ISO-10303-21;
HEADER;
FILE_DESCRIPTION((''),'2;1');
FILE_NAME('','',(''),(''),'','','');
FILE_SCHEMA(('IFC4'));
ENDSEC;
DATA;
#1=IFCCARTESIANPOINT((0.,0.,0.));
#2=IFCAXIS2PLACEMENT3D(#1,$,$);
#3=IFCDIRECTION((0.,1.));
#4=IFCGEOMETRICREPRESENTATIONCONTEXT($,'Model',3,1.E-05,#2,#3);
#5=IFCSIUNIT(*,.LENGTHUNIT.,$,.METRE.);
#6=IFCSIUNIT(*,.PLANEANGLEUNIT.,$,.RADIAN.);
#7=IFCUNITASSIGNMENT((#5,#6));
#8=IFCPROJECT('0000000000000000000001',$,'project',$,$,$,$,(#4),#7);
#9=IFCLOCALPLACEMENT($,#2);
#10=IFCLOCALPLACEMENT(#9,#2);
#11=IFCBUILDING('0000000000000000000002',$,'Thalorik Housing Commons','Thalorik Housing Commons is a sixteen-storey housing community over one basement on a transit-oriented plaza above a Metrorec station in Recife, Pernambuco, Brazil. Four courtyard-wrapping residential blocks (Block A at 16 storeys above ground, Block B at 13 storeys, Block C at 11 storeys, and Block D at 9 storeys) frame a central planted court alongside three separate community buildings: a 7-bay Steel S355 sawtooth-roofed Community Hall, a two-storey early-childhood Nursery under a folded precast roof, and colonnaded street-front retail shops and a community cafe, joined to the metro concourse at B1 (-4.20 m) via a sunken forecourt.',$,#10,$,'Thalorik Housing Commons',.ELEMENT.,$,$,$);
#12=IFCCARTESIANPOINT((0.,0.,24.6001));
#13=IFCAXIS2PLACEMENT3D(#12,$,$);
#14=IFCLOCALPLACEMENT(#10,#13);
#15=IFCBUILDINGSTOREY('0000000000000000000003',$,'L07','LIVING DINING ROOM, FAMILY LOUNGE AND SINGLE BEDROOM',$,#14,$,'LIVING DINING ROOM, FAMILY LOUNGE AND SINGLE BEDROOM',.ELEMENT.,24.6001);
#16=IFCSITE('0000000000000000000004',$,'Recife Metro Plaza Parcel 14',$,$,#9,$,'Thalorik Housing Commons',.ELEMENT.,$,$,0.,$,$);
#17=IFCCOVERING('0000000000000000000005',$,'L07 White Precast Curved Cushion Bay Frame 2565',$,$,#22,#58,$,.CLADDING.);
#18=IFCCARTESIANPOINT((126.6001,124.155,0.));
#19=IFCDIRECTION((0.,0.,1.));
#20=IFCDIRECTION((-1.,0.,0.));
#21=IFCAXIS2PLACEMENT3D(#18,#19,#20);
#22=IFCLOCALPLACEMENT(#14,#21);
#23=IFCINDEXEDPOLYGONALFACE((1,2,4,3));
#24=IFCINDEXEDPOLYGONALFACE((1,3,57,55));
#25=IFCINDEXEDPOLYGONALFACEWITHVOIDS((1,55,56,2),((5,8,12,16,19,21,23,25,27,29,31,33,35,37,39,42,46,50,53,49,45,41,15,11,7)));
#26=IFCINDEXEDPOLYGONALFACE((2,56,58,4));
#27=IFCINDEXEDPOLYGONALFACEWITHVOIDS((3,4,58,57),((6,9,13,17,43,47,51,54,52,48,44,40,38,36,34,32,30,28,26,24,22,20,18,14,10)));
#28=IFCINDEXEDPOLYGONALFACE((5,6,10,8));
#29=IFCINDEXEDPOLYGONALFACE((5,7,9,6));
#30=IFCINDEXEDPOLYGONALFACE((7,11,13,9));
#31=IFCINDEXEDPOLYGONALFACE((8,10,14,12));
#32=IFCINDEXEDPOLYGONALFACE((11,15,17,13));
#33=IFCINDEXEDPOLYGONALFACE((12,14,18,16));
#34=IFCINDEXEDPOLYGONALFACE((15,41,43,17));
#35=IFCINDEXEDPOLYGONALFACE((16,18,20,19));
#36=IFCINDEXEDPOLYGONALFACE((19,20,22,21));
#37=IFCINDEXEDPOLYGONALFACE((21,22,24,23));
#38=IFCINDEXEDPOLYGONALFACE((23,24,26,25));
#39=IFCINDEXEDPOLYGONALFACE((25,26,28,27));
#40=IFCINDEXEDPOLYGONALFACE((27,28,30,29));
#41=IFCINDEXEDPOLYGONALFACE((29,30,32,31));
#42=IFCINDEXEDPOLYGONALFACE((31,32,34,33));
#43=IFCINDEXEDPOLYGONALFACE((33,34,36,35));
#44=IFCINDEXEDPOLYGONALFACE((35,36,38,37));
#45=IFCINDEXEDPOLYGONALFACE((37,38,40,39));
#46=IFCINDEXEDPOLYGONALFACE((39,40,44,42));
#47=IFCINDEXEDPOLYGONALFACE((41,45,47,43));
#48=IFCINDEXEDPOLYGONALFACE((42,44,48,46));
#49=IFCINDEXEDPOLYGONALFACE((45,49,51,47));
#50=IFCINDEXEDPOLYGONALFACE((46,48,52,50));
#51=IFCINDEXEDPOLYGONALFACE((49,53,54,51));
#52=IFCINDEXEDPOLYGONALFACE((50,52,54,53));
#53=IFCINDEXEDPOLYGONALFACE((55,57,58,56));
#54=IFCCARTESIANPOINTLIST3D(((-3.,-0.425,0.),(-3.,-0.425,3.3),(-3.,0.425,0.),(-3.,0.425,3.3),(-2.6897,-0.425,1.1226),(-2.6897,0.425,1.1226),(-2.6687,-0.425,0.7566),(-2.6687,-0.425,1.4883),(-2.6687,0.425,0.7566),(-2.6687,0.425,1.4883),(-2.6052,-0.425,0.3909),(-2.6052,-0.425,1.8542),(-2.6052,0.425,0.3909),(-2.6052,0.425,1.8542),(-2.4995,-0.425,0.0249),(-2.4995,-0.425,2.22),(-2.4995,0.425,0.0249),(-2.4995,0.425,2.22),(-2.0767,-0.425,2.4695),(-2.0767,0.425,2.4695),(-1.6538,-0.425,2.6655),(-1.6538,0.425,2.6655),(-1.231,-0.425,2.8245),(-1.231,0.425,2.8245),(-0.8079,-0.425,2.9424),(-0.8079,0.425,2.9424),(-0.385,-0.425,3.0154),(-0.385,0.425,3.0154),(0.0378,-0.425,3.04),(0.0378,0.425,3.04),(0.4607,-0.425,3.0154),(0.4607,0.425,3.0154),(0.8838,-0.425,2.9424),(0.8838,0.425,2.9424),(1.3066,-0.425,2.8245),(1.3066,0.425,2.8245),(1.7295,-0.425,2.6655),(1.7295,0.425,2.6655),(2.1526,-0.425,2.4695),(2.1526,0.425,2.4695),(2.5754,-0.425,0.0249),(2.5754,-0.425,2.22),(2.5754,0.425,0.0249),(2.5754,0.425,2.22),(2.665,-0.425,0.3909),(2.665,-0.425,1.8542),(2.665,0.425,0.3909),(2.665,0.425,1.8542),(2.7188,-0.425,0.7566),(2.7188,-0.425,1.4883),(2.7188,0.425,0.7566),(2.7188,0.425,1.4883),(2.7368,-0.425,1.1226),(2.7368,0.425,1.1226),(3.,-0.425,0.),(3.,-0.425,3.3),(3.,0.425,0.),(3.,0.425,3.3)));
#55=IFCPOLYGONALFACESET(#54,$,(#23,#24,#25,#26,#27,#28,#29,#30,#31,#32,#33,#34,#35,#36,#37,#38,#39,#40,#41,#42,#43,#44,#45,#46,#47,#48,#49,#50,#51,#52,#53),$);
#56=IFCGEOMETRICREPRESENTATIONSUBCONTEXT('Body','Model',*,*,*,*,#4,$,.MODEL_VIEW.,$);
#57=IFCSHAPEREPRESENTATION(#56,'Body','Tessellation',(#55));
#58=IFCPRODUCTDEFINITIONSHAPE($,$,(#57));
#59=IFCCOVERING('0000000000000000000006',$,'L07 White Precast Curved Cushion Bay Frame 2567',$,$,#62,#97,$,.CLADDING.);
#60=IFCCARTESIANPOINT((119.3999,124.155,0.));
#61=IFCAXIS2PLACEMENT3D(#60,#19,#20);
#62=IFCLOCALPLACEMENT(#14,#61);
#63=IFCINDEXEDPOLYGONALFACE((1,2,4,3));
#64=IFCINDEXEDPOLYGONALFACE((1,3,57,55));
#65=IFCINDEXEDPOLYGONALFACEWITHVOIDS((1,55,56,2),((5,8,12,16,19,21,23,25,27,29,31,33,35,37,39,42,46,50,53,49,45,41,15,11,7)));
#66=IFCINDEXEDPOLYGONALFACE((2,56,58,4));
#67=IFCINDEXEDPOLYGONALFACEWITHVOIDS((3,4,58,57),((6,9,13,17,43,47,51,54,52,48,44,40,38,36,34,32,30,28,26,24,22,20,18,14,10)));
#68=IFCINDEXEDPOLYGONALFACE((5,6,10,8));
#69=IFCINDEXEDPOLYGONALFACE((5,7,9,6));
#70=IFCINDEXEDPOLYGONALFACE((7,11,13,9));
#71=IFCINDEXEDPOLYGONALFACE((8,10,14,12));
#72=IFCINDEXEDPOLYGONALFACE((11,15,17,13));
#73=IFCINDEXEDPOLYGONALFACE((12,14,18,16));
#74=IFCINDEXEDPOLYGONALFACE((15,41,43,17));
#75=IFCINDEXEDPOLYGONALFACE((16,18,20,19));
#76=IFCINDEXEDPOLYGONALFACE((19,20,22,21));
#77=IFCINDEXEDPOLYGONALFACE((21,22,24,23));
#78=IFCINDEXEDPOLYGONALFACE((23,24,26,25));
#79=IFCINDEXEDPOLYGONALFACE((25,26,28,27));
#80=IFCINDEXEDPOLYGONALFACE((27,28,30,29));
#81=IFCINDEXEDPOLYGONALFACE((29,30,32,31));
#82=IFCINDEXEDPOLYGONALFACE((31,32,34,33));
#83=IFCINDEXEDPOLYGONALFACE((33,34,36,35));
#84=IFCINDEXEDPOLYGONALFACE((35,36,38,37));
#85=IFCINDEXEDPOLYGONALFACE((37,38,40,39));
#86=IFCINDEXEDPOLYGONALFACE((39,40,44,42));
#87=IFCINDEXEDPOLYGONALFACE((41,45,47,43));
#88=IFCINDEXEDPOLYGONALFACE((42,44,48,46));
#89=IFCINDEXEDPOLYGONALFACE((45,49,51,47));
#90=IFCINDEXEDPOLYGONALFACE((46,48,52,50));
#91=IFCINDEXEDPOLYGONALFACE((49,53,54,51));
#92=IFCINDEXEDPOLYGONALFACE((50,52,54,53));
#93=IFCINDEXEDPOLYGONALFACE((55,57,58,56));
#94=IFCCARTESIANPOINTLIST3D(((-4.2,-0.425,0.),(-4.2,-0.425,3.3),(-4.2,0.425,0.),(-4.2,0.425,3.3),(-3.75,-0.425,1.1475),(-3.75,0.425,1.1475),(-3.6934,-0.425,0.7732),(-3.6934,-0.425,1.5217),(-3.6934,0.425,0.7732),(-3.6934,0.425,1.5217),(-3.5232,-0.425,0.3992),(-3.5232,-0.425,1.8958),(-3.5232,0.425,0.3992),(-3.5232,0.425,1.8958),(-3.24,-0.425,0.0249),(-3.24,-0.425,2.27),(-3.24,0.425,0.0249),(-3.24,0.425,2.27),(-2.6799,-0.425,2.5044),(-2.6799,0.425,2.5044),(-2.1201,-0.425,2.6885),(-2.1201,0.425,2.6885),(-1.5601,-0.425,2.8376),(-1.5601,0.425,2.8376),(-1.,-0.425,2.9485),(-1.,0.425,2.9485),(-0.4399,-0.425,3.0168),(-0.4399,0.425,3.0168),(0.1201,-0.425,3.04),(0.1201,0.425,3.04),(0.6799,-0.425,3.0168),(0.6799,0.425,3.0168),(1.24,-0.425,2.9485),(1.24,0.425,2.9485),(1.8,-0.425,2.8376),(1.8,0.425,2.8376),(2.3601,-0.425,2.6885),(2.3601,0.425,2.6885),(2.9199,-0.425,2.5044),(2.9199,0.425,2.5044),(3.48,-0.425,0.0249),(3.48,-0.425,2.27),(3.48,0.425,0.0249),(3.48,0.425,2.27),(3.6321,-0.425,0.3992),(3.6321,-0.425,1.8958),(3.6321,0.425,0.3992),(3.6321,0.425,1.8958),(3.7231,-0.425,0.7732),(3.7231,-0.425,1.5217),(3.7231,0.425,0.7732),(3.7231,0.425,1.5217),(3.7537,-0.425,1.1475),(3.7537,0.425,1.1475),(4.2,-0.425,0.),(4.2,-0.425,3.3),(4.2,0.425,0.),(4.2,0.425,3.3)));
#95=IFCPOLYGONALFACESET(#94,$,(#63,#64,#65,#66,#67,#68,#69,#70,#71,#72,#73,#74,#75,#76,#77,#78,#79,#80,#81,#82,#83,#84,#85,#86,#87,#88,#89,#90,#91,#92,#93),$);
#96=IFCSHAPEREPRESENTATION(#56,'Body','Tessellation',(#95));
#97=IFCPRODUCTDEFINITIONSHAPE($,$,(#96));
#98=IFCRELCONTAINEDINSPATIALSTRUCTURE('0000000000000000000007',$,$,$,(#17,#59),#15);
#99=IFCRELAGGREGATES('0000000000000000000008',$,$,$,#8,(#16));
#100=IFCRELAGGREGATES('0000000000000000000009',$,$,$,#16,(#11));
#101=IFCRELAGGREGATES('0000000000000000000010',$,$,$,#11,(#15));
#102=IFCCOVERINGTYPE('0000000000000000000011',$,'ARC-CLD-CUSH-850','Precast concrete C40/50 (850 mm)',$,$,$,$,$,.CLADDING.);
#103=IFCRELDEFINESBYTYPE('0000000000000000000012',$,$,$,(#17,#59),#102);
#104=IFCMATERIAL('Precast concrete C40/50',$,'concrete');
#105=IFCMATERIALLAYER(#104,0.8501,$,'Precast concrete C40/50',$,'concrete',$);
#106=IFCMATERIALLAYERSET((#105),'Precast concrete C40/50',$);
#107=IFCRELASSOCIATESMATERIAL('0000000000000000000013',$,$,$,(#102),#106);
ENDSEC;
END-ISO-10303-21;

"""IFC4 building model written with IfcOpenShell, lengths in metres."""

from ifc_helpers import new_model, si_unit, direction, frame, origin, place, context, subcontext, project, spatial, polyline, outline, extrude, material, layer, layer_set, type_object, element, save


model = new_model("IFC4")

# Units and contexts
model_context = context("Model", 3, precision=1e-05, world=origin(), true_north=direction((0.0, 1.0)))
body_context = subcontext(model_context, "Body", "Model", "MODEL_VIEW")
ifc_project = project(units=[si_unit("LENGTHUNIT", "METRE"), si_unit("PLANEANGLEUNIT", "RADIAN")], contexts=[model_context])

# Site, building, storey
site_placement = place(None, origin())
site = spatial("IfcSite", under=ifc_project, at=site_placement, Name="Recife Metro Plaza Parcel 14", LongName="Thalorik Housing Commons", CompositionType="ELEMENT", RefElevation=0.0)
building_placement = place(site_placement, origin())
building = spatial("IfcBuilding", under=site, at=building_placement, Name="Thalorik Housing Commons", Description="Thalorik Housing Commons is a sixteen-storey housing community over one basement on a transit-oriented plaza above a Metrorec station in Recife, Pernambuco, Brazil. Four courtyard-wrapping residential blocks (Block A at 16 storeys above ground, Block B at 13 storeys, Block C at 11 storeys, and Block D at 9 storeys) frame a central planted court alongside three separate community buildings: a 7-bay Steel S355 sawtooth-roofed Community Hall, a two-storey early-childhood Nursery under a folded precast roof, and colonnaded street-front retail shops and a community cafe, joined to the metro concourse at B1 (-4.20 m) via a sunken forecourt.", LongName="Thalorik Housing Commons", CompositionType="ELEMENT")
storey_placement = place(building_placement, frame((0.0, 0.0, 24.6001)))
storey = spatial("IfcBuildingStorey", under=building, at=storey_placement, Name="L07", Description="LIVING DINING ROOM, FAMILY LOUNGE AND SINGLE BEDROOM", LongName="LIVING DINING ROOM, FAMILY LOUNGE AND SINGLE BEDROOM", CompositionType="ELEMENT", Elevation=24.6001)

# Shared definitions
ifc_material_1 = material(Name="Precast concrete C40/50", Category="concrete")

# Coverings
ifc_layer_1 = layer(ifc_material_1, 0.8501, Name="Precast concrete C40/50", Category="concrete")
ifc_layer_set_1 = layer_set([ifc_layer_1], Name="Precast concrete C40/50")
covering_type_1 = type_object("IfcCoveringType", Name="ARC-CLD-CUSH-850", Description="Precast concrete C40/50 (850 mm)", PredefinedType="CLADDING", material=ifc_layer_set_1)
covering_1_placement = place(storey_placement, frame((126.6001, 124.155, 0.0), z_axis=(0.0, 0.0, 1.0), x_axis=(-1.0, 0.0, 0.0)))
element("IfcCovering", 1, at=covering_1_placement, inside=storey, type_object=covering_type_1, Name="L07 White Precast Curved Cushion Bay Frame 2565", PredefinedType="CLADDING", context=body_context, shape_type="SweptSolid", body=[
    extrude(outline(polyline([(-3.0, 0.0), (3.0, 0.0), (3.0, 3.3), (-3.0, 3.3), (-3.0, 0.0)]), holes=[polyline([(2.5754, 0.0249), (2.665, 0.3909), (2.7188, 0.7566), (2.7368, 1.1226), (2.7188, 1.4883), (2.665, 1.8542), (2.5754, 2.22), (2.1526, 2.4695), (1.7295, 2.6655), (1.3066, 2.8245), (0.8838, 2.9424), (0.4607, 3.0154), (0.0378, 3.04), (-0.385, 3.0154), (-0.8079, 2.9424), (-1.231, 2.8245), (-1.6538, 2.6655), (-2.0767, 2.4695), (-2.4995, 2.22), (-2.6052, 1.8542), (-2.6687, 1.4883), (-2.6897, 1.1226), (-2.6687, 0.7566), (-2.6052, 0.3909), (-2.4995, 0.0249), (2.5754, 0.0249)])]), frame((0.0, 0.425, 0.0), z_axis=(0.0, -1.0, 0.0), x_axis=(1.0, 0.0, 0.0)), (0.0, 0.0, 1.0), 0.8501),
])
covering_2_placement = place(storey_placement, frame((119.3999, 124.155, 0.0), z_axis=(0.0, 0.0, 1.0), x_axis=(-1.0, 0.0, 0.0)))
element("IfcCovering", 2, at=covering_2_placement, inside=storey, type_object=covering_type_1, Name="L07 White Precast Curved Cushion Bay Frame 2567", PredefinedType="CLADDING", context=body_context, shape_type="SweptSolid", body=[
    extrude(outline(polyline([(-4.2, 0.0), (4.2, 0.0), (4.2, 3.3), (-4.2, 3.3), (-4.2, 0.0)]), holes=[polyline([(3.48, 0.0249), (3.6321, 0.3992), (3.7231, 0.7732), (3.7537, 1.1475), (3.7231, 1.5217), (3.6321, 1.8958), (3.48, 2.27), (2.9199, 2.5044), (2.3601, 2.6885), (1.8, 2.8376), (1.24, 2.9485), (0.6799, 3.0168), (0.1201, 3.04), (-0.4399, 3.0168), (-1.0, 2.9485), (-1.5601, 2.8376), (-2.1201, 2.6885), (-2.6799, 2.5044), (-3.24, 2.27), (-3.5232, 1.8958), (-3.6934, 1.5217), (-3.75, 1.1475), (-3.6934, 0.7732), (-3.5232, 0.3992), (-3.24, 0.0249), (3.48, 0.0249)])]), frame((0.0, 0.425, 0.0), z_axis=(0.0, -1.0, 0.0), x_axis=(1.0, 0.0, 0.0)), (0.0, 0.0, 1.0), 0.8501),
])

save(model, "model.ifc")
